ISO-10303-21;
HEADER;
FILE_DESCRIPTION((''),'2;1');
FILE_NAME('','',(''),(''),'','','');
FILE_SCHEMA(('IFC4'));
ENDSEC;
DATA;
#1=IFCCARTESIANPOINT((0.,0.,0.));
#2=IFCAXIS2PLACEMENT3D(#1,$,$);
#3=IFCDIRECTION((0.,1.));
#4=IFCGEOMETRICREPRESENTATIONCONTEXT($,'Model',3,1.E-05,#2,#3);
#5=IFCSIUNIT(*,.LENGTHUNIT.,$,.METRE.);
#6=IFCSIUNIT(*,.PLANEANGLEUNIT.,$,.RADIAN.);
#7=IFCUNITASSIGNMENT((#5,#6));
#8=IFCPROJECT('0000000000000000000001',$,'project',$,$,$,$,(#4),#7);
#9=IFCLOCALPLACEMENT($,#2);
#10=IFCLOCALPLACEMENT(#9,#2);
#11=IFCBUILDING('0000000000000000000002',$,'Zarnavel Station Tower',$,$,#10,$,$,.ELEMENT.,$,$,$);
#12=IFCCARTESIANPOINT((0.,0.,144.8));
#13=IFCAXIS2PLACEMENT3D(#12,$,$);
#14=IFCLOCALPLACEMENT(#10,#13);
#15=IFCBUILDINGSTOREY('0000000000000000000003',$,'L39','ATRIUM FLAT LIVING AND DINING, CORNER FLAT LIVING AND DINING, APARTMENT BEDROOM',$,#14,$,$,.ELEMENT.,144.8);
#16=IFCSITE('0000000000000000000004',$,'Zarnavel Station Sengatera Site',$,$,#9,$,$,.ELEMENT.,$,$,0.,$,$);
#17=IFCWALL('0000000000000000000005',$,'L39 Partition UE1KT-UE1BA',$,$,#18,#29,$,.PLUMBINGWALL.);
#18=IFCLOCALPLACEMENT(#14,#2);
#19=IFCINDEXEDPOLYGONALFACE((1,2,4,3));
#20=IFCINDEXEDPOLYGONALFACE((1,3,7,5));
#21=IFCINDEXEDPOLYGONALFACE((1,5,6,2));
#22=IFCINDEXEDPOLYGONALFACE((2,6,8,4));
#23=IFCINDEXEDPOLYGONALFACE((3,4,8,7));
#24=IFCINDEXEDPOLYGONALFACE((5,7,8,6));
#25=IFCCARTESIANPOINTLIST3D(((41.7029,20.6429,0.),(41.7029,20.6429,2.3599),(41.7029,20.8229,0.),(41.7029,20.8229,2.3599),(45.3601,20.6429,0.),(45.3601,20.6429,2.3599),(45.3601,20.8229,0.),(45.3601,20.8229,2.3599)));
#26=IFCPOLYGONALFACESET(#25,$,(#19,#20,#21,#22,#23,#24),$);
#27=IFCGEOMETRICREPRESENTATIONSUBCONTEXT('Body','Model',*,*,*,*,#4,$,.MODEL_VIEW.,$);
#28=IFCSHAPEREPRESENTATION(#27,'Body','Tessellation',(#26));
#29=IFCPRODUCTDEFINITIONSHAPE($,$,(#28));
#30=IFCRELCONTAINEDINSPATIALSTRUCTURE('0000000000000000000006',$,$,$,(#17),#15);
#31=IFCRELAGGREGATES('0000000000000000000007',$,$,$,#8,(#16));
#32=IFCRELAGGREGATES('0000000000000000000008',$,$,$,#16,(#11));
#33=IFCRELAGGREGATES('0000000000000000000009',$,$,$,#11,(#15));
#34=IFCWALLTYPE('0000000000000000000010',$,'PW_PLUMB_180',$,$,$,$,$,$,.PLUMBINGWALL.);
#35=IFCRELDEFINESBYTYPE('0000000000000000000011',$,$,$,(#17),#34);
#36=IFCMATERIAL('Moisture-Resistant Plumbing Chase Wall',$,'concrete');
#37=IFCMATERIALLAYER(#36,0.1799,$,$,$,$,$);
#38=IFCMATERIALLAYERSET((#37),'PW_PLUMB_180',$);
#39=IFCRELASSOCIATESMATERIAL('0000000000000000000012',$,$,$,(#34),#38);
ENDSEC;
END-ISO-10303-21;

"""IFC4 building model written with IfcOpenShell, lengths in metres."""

from ifc_helpers import new_model, si_unit, direction, frame, frame_2d, origin, place, context, subcontext, project, spatial, rectangle, extrude, material, layer, layer_set, type_object, element, save


model = new_model("IFC4")

# Units and contexts
model_context = context("Model", 3, precision=1e-05, world=origin(), true_north=direction((0.0, 1.0)))
body_context = subcontext(model_context, "Body", "Model", "MODEL_VIEW")
ifc_project = project(units=[si_unit("LENGTHUNIT", "METRE"), si_unit("PLANEANGLEUNIT", "RADIAN")], contexts=[model_context])

# Site, building, storey
site_placement = place(None, origin())
site = spatial("IfcSite", under=ifc_project, at=site_placement, Name="Zarnavel Station Sengatera Site", CompositionType="ELEMENT", RefElevation=0.0)
building_placement = place(site_placement, origin())
building = spatial("IfcBuilding", under=site, at=building_placement, Name="Zarnavel Station Tower", CompositionType="ELEMENT")
storey_placement = place(building_placement, frame((0.0, 0.0, 144.8)))
storey = spatial("IfcBuildingStorey", under=building, at=storey_placement, Name="L39", Description="ATRIUM FLAT LIVING AND DINING, CORNER FLAT LIVING AND DINING, APARTMENT BEDROOM", CompositionType="ELEMENT", Elevation=144.8)

# Shared definitions
ifc_material_1 = material(Name="Moisture-Resistant Plumbing Chase Wall", Category="concrete")
ifc_layer_1 = layer(ifc_material_1, 0.1799)
ifc_layer_set_1 = layer_set([ifc_layer_1], Name="PW_PLUMB_180")
wall_type_1 = type_object("IfcWallType", Name="PW_PLUMB_180", PredefinedType="PLUMBINGWALL", material=ifc_layer_set_1)

# Wall
for number, where, z_axis, x_axis, name in (
    (1, (41.7029, 20.7329, 0.0), (0.0, 0.0, 1.0), (1.0, 0.0, 0.0), "L39 Partition UE1KT-UE1BA"),
):
    element("IfcWall", number, at=place(storey_placement, frame(where, z_axis=z_axis, x_axis=x_axis)), inside=storey, type_object=wall_type_1, Name=name, PredefinedType="PLUMBINGWALL", context=body_context, shape_type="SweptSolid", body=[
        extrude(rectangle(XDim=3.6572, YDim=0.1799, at=frame_2d((1.8286, 0.0))), origin(), (0.0, 0.0, 1.0), 2.3599),
    ])

save(model, "model.ifc")
